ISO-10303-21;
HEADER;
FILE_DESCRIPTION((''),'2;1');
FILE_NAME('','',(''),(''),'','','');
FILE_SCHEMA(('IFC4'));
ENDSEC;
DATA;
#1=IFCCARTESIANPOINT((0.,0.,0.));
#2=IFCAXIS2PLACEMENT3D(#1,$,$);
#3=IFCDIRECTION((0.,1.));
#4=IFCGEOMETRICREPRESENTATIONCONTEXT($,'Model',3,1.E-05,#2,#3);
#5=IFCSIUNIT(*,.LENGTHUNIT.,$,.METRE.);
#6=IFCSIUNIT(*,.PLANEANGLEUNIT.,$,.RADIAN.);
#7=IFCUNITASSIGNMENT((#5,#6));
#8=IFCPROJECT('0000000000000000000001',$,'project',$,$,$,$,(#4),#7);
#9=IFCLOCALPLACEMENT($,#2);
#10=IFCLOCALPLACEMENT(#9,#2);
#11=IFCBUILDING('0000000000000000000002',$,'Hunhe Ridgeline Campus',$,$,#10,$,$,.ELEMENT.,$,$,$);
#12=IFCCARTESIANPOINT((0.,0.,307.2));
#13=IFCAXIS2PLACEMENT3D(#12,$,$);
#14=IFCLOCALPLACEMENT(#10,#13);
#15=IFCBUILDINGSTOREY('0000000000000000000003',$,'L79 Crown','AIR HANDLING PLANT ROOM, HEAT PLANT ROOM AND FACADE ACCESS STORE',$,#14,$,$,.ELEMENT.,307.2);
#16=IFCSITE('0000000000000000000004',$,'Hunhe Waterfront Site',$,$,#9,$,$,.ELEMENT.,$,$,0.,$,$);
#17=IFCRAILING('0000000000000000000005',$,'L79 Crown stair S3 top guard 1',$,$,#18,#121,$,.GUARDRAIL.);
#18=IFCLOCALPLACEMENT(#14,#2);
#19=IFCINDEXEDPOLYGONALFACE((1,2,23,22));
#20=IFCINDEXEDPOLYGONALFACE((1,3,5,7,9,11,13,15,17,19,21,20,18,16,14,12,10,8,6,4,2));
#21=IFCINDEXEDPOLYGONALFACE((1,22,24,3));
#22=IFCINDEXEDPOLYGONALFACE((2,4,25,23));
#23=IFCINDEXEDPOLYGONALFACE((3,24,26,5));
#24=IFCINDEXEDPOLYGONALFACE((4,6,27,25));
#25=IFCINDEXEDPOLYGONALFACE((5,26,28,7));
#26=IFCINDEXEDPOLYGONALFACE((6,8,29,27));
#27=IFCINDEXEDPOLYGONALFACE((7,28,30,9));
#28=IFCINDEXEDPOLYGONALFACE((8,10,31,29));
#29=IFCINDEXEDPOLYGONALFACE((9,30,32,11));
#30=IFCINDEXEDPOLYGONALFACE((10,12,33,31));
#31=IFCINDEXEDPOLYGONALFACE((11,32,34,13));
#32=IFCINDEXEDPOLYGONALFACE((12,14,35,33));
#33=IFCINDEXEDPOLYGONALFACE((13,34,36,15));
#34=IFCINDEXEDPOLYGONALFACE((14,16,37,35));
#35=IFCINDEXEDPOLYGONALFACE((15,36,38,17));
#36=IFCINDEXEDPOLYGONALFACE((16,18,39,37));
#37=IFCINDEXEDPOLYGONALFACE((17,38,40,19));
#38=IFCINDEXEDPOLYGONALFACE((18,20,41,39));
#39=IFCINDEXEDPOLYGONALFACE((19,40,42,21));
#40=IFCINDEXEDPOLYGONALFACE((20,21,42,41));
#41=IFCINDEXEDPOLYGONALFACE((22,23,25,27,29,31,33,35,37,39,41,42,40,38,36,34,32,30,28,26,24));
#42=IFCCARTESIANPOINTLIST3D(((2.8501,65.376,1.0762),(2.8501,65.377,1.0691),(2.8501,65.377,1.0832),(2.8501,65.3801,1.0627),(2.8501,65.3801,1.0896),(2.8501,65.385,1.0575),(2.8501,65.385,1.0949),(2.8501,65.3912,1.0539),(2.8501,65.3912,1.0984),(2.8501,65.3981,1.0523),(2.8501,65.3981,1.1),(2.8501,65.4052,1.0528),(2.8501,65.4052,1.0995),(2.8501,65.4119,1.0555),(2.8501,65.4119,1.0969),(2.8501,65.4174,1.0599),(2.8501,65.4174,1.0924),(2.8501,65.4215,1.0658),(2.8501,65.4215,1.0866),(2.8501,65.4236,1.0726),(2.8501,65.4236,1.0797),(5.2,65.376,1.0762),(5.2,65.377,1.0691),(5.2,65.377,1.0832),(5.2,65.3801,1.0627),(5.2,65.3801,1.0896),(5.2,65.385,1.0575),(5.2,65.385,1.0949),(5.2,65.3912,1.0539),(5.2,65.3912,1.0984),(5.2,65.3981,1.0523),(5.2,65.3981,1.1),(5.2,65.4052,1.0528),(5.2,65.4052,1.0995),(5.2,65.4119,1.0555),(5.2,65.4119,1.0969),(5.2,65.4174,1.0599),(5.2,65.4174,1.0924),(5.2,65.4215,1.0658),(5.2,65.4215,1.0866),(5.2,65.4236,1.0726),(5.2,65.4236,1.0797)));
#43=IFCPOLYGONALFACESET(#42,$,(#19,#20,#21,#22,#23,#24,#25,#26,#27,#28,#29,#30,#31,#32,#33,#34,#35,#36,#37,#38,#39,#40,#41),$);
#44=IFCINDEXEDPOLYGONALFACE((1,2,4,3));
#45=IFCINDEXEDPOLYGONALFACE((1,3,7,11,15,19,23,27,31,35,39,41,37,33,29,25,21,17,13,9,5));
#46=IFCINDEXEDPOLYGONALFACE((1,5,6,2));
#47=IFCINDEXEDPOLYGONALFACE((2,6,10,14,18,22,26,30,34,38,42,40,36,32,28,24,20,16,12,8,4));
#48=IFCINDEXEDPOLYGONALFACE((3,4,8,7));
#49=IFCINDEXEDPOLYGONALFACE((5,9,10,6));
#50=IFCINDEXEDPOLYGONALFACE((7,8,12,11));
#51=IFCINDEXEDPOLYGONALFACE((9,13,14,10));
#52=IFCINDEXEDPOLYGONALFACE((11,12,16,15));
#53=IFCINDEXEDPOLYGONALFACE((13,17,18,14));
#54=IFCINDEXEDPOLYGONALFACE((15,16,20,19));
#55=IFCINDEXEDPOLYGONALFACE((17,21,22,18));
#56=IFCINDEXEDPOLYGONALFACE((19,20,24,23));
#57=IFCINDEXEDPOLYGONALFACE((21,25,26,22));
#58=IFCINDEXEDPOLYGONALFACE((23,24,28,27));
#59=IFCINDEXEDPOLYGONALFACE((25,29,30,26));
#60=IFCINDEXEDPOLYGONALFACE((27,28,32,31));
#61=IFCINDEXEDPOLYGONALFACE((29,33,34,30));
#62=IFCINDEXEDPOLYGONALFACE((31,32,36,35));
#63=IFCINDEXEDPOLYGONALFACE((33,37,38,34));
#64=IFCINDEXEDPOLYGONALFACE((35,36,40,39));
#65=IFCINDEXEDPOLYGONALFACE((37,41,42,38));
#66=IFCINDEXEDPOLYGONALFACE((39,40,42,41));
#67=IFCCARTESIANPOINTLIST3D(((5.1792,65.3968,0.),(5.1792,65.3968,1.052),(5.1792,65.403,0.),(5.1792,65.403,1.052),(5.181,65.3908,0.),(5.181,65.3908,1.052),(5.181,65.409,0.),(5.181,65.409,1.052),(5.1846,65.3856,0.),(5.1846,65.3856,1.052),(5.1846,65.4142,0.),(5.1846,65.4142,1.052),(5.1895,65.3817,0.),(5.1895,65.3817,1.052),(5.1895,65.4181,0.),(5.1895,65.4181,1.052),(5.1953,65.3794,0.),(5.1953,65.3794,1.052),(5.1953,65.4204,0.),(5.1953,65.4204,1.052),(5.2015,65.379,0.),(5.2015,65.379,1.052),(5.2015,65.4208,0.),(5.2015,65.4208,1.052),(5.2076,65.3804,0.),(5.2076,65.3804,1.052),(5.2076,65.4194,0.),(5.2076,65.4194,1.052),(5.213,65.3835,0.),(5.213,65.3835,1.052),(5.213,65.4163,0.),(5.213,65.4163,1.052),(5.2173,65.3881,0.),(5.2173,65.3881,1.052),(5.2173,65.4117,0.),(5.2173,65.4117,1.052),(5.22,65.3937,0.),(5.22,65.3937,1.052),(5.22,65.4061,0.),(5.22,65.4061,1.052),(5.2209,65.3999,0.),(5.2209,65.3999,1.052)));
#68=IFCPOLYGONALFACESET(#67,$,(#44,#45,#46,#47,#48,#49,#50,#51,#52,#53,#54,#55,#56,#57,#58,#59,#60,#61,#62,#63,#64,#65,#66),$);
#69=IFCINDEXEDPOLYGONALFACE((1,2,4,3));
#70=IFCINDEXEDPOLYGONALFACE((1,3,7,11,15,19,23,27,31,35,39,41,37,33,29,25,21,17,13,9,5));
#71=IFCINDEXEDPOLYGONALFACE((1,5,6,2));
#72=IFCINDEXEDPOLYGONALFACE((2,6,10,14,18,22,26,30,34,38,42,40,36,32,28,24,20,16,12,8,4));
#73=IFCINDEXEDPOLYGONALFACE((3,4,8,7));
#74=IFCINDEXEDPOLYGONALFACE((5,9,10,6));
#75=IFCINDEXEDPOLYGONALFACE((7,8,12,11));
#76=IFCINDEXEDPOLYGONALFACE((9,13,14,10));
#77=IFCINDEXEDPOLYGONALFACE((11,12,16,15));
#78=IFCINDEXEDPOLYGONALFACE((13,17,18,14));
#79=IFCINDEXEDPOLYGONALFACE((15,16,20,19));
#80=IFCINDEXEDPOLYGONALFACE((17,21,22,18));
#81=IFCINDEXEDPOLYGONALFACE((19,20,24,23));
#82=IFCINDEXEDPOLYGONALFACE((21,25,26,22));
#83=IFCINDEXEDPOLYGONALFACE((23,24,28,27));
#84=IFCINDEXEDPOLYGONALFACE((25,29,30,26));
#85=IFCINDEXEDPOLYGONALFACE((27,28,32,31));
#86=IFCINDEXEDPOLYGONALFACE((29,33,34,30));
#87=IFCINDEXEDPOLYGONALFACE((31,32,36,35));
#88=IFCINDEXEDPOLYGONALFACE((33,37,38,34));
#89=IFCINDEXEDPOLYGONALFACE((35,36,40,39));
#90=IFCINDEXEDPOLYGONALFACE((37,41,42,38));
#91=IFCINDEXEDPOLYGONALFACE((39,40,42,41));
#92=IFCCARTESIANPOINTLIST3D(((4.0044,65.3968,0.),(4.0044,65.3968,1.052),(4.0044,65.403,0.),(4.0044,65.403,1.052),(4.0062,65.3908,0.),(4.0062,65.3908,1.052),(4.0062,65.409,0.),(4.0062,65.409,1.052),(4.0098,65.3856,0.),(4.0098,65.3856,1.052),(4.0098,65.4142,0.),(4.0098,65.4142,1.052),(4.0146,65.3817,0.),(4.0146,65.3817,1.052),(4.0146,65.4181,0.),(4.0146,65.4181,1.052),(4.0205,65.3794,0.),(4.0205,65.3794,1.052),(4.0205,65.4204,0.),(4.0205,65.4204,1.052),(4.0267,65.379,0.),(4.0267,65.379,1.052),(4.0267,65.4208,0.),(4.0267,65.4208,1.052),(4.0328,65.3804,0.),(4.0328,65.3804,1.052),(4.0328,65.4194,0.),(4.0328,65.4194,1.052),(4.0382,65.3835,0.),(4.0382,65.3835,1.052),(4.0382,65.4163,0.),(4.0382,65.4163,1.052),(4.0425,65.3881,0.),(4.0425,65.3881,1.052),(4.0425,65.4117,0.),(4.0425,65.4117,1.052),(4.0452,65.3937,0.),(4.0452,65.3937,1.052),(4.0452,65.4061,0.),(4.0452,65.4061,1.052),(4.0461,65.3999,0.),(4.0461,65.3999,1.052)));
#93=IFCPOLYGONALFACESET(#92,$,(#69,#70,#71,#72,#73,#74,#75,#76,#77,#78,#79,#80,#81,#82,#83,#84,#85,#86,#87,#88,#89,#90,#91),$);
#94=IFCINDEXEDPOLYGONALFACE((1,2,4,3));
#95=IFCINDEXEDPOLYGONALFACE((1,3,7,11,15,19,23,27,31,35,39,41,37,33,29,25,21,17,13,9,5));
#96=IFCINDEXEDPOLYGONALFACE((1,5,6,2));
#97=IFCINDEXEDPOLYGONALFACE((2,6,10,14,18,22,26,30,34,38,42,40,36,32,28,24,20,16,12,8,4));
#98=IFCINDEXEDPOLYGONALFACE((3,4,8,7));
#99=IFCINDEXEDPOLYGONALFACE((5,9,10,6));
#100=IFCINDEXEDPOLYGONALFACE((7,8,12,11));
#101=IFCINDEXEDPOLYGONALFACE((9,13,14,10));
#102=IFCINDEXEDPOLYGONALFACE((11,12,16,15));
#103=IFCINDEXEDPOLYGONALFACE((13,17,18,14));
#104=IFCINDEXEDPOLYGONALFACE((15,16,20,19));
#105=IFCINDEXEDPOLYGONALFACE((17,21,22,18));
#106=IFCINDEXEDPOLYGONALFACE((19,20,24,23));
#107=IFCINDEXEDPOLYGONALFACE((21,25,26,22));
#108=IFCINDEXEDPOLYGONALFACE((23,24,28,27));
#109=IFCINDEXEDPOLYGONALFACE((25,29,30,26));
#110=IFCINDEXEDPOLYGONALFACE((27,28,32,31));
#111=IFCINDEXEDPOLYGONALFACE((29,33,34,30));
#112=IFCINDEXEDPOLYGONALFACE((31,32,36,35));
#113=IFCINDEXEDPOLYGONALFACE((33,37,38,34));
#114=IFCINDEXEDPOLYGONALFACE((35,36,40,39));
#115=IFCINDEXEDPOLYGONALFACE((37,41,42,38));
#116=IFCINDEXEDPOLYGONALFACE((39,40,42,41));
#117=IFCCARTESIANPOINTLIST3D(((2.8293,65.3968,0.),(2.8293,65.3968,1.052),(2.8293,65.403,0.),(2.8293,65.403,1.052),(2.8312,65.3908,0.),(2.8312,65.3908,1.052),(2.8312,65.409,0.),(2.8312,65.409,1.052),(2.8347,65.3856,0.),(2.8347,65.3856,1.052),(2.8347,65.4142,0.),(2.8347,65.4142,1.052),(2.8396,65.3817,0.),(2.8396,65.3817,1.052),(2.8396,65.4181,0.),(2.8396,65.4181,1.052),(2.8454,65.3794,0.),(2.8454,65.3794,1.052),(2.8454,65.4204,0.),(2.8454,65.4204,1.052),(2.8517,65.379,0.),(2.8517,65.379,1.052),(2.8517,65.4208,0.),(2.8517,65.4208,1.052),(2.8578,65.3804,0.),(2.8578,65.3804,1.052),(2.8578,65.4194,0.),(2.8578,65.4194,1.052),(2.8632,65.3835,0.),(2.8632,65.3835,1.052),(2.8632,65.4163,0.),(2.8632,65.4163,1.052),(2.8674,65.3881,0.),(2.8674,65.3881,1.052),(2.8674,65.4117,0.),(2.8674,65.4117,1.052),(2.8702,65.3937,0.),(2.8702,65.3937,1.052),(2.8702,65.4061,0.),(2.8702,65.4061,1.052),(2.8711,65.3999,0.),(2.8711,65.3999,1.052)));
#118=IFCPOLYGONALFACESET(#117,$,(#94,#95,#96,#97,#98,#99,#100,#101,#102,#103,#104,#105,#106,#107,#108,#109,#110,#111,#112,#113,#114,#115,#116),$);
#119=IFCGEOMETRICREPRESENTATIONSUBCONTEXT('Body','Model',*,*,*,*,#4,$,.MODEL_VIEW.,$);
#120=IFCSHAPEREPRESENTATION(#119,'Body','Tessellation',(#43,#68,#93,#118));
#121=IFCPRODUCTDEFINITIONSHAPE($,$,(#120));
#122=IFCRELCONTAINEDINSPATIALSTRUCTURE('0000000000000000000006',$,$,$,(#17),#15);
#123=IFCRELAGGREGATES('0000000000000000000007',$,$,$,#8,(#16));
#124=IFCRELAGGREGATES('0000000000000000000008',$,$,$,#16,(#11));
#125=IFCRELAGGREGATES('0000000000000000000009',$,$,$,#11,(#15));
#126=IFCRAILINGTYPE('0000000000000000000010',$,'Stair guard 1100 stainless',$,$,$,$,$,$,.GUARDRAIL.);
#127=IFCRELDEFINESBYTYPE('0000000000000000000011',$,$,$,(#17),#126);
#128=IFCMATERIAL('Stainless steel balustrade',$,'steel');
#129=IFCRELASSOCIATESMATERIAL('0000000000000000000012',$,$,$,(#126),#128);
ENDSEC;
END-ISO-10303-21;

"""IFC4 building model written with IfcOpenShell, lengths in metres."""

from ifc_helpers import new_model, si_unit, direction, frame, origin, origin_2d, place, context, subcontext, project, spatial, circle, extrude, material, type_object, element, save


model = new_model("IFC4")

# Units and contexts
model_context = context("Model", 3, precision=1e-05, world=origin(), true_north=direction((0.0, 1.0)))
body_context = subcontext(model_context, "Body", "Model", "MODEL_VIEW")
ifc_project = project(units=[si_unit("LENGTHUNIT", "METRE"), si_unit("PLANEANGLEUNIT", "RADIAN")], contexts=[model_context])

# Site, building, storey
site_placement = place(None, origin())
site = spatial("IfcSite", under=ifc_project, at=site_placement, Name="Hunhe Waterfront Site", CompositionType="ELEMENT", RefElevation=0.0)
building_placement = place(site_placement, origin())
building = spatial("IfcBuilding", under=site, at=building_placement, Name="Hunhe Ridgeline Campus", CompositionType="ELEMENT")
storey_placement = place(building_placement, frame((0.0, 0.0, 307.2)))
storey = spatial("IfcBuildingStorey", under=building, at=storey_placement, Name="L79 Crown", Description="AIR HANDLING PLANT ROOM, HEAT PLANT ROOM AND FACADE ACCESS STORE", CompositionType="ELEMENT", Elevation=307.2)

# Railing
ifc_material_1 = material(Name="Stainless steel balustrade", Category="steel")
railing_type = type_object("IfcRailingType", Name="Stair guard 1100 stainless", PredefinedType="GUARDRAIL", material=ifc_material_1)
railing_1_placement = place(storey_placement, frame((5.2, 65.3999, 0.0)))
element("IfcRailing", 1, at=railing_1_placement, inside=storey, type_object=railing_type, Name="L79 Crown stair S3 top guard 1", PredefinedType="GUARDRAIL", context=body_context, shape_type="SweptSolid", body=[
    extrude(circle(Radius=0.0239, at=origin_2d()), frame((0.0, 0.0, 1.0762), z_axis=(-1.0, 0.0, 0.0), x_axis=(0.0, -1.0, 0.0)), (0.0, 0.0, 1.0), 2.3499),
    extrude(circle(Radius=0.021, at=origin_2d()), origin(), (0.0, 0.0, 1.0), 1.052),
    extrude(circle(Radius=0.021, at=origin_2d()), frame((-1.1748, 0.0, 0.0)), (0.0, 0.0, 1.0), 1.052),
    extrude(circle(Radius=0.021, at=origin_2d()), frame((-2.3499, 0.0, 0.0)), (0.0, 0.0, 1.0), 1.052),
])

save(model, "model.ifc")
